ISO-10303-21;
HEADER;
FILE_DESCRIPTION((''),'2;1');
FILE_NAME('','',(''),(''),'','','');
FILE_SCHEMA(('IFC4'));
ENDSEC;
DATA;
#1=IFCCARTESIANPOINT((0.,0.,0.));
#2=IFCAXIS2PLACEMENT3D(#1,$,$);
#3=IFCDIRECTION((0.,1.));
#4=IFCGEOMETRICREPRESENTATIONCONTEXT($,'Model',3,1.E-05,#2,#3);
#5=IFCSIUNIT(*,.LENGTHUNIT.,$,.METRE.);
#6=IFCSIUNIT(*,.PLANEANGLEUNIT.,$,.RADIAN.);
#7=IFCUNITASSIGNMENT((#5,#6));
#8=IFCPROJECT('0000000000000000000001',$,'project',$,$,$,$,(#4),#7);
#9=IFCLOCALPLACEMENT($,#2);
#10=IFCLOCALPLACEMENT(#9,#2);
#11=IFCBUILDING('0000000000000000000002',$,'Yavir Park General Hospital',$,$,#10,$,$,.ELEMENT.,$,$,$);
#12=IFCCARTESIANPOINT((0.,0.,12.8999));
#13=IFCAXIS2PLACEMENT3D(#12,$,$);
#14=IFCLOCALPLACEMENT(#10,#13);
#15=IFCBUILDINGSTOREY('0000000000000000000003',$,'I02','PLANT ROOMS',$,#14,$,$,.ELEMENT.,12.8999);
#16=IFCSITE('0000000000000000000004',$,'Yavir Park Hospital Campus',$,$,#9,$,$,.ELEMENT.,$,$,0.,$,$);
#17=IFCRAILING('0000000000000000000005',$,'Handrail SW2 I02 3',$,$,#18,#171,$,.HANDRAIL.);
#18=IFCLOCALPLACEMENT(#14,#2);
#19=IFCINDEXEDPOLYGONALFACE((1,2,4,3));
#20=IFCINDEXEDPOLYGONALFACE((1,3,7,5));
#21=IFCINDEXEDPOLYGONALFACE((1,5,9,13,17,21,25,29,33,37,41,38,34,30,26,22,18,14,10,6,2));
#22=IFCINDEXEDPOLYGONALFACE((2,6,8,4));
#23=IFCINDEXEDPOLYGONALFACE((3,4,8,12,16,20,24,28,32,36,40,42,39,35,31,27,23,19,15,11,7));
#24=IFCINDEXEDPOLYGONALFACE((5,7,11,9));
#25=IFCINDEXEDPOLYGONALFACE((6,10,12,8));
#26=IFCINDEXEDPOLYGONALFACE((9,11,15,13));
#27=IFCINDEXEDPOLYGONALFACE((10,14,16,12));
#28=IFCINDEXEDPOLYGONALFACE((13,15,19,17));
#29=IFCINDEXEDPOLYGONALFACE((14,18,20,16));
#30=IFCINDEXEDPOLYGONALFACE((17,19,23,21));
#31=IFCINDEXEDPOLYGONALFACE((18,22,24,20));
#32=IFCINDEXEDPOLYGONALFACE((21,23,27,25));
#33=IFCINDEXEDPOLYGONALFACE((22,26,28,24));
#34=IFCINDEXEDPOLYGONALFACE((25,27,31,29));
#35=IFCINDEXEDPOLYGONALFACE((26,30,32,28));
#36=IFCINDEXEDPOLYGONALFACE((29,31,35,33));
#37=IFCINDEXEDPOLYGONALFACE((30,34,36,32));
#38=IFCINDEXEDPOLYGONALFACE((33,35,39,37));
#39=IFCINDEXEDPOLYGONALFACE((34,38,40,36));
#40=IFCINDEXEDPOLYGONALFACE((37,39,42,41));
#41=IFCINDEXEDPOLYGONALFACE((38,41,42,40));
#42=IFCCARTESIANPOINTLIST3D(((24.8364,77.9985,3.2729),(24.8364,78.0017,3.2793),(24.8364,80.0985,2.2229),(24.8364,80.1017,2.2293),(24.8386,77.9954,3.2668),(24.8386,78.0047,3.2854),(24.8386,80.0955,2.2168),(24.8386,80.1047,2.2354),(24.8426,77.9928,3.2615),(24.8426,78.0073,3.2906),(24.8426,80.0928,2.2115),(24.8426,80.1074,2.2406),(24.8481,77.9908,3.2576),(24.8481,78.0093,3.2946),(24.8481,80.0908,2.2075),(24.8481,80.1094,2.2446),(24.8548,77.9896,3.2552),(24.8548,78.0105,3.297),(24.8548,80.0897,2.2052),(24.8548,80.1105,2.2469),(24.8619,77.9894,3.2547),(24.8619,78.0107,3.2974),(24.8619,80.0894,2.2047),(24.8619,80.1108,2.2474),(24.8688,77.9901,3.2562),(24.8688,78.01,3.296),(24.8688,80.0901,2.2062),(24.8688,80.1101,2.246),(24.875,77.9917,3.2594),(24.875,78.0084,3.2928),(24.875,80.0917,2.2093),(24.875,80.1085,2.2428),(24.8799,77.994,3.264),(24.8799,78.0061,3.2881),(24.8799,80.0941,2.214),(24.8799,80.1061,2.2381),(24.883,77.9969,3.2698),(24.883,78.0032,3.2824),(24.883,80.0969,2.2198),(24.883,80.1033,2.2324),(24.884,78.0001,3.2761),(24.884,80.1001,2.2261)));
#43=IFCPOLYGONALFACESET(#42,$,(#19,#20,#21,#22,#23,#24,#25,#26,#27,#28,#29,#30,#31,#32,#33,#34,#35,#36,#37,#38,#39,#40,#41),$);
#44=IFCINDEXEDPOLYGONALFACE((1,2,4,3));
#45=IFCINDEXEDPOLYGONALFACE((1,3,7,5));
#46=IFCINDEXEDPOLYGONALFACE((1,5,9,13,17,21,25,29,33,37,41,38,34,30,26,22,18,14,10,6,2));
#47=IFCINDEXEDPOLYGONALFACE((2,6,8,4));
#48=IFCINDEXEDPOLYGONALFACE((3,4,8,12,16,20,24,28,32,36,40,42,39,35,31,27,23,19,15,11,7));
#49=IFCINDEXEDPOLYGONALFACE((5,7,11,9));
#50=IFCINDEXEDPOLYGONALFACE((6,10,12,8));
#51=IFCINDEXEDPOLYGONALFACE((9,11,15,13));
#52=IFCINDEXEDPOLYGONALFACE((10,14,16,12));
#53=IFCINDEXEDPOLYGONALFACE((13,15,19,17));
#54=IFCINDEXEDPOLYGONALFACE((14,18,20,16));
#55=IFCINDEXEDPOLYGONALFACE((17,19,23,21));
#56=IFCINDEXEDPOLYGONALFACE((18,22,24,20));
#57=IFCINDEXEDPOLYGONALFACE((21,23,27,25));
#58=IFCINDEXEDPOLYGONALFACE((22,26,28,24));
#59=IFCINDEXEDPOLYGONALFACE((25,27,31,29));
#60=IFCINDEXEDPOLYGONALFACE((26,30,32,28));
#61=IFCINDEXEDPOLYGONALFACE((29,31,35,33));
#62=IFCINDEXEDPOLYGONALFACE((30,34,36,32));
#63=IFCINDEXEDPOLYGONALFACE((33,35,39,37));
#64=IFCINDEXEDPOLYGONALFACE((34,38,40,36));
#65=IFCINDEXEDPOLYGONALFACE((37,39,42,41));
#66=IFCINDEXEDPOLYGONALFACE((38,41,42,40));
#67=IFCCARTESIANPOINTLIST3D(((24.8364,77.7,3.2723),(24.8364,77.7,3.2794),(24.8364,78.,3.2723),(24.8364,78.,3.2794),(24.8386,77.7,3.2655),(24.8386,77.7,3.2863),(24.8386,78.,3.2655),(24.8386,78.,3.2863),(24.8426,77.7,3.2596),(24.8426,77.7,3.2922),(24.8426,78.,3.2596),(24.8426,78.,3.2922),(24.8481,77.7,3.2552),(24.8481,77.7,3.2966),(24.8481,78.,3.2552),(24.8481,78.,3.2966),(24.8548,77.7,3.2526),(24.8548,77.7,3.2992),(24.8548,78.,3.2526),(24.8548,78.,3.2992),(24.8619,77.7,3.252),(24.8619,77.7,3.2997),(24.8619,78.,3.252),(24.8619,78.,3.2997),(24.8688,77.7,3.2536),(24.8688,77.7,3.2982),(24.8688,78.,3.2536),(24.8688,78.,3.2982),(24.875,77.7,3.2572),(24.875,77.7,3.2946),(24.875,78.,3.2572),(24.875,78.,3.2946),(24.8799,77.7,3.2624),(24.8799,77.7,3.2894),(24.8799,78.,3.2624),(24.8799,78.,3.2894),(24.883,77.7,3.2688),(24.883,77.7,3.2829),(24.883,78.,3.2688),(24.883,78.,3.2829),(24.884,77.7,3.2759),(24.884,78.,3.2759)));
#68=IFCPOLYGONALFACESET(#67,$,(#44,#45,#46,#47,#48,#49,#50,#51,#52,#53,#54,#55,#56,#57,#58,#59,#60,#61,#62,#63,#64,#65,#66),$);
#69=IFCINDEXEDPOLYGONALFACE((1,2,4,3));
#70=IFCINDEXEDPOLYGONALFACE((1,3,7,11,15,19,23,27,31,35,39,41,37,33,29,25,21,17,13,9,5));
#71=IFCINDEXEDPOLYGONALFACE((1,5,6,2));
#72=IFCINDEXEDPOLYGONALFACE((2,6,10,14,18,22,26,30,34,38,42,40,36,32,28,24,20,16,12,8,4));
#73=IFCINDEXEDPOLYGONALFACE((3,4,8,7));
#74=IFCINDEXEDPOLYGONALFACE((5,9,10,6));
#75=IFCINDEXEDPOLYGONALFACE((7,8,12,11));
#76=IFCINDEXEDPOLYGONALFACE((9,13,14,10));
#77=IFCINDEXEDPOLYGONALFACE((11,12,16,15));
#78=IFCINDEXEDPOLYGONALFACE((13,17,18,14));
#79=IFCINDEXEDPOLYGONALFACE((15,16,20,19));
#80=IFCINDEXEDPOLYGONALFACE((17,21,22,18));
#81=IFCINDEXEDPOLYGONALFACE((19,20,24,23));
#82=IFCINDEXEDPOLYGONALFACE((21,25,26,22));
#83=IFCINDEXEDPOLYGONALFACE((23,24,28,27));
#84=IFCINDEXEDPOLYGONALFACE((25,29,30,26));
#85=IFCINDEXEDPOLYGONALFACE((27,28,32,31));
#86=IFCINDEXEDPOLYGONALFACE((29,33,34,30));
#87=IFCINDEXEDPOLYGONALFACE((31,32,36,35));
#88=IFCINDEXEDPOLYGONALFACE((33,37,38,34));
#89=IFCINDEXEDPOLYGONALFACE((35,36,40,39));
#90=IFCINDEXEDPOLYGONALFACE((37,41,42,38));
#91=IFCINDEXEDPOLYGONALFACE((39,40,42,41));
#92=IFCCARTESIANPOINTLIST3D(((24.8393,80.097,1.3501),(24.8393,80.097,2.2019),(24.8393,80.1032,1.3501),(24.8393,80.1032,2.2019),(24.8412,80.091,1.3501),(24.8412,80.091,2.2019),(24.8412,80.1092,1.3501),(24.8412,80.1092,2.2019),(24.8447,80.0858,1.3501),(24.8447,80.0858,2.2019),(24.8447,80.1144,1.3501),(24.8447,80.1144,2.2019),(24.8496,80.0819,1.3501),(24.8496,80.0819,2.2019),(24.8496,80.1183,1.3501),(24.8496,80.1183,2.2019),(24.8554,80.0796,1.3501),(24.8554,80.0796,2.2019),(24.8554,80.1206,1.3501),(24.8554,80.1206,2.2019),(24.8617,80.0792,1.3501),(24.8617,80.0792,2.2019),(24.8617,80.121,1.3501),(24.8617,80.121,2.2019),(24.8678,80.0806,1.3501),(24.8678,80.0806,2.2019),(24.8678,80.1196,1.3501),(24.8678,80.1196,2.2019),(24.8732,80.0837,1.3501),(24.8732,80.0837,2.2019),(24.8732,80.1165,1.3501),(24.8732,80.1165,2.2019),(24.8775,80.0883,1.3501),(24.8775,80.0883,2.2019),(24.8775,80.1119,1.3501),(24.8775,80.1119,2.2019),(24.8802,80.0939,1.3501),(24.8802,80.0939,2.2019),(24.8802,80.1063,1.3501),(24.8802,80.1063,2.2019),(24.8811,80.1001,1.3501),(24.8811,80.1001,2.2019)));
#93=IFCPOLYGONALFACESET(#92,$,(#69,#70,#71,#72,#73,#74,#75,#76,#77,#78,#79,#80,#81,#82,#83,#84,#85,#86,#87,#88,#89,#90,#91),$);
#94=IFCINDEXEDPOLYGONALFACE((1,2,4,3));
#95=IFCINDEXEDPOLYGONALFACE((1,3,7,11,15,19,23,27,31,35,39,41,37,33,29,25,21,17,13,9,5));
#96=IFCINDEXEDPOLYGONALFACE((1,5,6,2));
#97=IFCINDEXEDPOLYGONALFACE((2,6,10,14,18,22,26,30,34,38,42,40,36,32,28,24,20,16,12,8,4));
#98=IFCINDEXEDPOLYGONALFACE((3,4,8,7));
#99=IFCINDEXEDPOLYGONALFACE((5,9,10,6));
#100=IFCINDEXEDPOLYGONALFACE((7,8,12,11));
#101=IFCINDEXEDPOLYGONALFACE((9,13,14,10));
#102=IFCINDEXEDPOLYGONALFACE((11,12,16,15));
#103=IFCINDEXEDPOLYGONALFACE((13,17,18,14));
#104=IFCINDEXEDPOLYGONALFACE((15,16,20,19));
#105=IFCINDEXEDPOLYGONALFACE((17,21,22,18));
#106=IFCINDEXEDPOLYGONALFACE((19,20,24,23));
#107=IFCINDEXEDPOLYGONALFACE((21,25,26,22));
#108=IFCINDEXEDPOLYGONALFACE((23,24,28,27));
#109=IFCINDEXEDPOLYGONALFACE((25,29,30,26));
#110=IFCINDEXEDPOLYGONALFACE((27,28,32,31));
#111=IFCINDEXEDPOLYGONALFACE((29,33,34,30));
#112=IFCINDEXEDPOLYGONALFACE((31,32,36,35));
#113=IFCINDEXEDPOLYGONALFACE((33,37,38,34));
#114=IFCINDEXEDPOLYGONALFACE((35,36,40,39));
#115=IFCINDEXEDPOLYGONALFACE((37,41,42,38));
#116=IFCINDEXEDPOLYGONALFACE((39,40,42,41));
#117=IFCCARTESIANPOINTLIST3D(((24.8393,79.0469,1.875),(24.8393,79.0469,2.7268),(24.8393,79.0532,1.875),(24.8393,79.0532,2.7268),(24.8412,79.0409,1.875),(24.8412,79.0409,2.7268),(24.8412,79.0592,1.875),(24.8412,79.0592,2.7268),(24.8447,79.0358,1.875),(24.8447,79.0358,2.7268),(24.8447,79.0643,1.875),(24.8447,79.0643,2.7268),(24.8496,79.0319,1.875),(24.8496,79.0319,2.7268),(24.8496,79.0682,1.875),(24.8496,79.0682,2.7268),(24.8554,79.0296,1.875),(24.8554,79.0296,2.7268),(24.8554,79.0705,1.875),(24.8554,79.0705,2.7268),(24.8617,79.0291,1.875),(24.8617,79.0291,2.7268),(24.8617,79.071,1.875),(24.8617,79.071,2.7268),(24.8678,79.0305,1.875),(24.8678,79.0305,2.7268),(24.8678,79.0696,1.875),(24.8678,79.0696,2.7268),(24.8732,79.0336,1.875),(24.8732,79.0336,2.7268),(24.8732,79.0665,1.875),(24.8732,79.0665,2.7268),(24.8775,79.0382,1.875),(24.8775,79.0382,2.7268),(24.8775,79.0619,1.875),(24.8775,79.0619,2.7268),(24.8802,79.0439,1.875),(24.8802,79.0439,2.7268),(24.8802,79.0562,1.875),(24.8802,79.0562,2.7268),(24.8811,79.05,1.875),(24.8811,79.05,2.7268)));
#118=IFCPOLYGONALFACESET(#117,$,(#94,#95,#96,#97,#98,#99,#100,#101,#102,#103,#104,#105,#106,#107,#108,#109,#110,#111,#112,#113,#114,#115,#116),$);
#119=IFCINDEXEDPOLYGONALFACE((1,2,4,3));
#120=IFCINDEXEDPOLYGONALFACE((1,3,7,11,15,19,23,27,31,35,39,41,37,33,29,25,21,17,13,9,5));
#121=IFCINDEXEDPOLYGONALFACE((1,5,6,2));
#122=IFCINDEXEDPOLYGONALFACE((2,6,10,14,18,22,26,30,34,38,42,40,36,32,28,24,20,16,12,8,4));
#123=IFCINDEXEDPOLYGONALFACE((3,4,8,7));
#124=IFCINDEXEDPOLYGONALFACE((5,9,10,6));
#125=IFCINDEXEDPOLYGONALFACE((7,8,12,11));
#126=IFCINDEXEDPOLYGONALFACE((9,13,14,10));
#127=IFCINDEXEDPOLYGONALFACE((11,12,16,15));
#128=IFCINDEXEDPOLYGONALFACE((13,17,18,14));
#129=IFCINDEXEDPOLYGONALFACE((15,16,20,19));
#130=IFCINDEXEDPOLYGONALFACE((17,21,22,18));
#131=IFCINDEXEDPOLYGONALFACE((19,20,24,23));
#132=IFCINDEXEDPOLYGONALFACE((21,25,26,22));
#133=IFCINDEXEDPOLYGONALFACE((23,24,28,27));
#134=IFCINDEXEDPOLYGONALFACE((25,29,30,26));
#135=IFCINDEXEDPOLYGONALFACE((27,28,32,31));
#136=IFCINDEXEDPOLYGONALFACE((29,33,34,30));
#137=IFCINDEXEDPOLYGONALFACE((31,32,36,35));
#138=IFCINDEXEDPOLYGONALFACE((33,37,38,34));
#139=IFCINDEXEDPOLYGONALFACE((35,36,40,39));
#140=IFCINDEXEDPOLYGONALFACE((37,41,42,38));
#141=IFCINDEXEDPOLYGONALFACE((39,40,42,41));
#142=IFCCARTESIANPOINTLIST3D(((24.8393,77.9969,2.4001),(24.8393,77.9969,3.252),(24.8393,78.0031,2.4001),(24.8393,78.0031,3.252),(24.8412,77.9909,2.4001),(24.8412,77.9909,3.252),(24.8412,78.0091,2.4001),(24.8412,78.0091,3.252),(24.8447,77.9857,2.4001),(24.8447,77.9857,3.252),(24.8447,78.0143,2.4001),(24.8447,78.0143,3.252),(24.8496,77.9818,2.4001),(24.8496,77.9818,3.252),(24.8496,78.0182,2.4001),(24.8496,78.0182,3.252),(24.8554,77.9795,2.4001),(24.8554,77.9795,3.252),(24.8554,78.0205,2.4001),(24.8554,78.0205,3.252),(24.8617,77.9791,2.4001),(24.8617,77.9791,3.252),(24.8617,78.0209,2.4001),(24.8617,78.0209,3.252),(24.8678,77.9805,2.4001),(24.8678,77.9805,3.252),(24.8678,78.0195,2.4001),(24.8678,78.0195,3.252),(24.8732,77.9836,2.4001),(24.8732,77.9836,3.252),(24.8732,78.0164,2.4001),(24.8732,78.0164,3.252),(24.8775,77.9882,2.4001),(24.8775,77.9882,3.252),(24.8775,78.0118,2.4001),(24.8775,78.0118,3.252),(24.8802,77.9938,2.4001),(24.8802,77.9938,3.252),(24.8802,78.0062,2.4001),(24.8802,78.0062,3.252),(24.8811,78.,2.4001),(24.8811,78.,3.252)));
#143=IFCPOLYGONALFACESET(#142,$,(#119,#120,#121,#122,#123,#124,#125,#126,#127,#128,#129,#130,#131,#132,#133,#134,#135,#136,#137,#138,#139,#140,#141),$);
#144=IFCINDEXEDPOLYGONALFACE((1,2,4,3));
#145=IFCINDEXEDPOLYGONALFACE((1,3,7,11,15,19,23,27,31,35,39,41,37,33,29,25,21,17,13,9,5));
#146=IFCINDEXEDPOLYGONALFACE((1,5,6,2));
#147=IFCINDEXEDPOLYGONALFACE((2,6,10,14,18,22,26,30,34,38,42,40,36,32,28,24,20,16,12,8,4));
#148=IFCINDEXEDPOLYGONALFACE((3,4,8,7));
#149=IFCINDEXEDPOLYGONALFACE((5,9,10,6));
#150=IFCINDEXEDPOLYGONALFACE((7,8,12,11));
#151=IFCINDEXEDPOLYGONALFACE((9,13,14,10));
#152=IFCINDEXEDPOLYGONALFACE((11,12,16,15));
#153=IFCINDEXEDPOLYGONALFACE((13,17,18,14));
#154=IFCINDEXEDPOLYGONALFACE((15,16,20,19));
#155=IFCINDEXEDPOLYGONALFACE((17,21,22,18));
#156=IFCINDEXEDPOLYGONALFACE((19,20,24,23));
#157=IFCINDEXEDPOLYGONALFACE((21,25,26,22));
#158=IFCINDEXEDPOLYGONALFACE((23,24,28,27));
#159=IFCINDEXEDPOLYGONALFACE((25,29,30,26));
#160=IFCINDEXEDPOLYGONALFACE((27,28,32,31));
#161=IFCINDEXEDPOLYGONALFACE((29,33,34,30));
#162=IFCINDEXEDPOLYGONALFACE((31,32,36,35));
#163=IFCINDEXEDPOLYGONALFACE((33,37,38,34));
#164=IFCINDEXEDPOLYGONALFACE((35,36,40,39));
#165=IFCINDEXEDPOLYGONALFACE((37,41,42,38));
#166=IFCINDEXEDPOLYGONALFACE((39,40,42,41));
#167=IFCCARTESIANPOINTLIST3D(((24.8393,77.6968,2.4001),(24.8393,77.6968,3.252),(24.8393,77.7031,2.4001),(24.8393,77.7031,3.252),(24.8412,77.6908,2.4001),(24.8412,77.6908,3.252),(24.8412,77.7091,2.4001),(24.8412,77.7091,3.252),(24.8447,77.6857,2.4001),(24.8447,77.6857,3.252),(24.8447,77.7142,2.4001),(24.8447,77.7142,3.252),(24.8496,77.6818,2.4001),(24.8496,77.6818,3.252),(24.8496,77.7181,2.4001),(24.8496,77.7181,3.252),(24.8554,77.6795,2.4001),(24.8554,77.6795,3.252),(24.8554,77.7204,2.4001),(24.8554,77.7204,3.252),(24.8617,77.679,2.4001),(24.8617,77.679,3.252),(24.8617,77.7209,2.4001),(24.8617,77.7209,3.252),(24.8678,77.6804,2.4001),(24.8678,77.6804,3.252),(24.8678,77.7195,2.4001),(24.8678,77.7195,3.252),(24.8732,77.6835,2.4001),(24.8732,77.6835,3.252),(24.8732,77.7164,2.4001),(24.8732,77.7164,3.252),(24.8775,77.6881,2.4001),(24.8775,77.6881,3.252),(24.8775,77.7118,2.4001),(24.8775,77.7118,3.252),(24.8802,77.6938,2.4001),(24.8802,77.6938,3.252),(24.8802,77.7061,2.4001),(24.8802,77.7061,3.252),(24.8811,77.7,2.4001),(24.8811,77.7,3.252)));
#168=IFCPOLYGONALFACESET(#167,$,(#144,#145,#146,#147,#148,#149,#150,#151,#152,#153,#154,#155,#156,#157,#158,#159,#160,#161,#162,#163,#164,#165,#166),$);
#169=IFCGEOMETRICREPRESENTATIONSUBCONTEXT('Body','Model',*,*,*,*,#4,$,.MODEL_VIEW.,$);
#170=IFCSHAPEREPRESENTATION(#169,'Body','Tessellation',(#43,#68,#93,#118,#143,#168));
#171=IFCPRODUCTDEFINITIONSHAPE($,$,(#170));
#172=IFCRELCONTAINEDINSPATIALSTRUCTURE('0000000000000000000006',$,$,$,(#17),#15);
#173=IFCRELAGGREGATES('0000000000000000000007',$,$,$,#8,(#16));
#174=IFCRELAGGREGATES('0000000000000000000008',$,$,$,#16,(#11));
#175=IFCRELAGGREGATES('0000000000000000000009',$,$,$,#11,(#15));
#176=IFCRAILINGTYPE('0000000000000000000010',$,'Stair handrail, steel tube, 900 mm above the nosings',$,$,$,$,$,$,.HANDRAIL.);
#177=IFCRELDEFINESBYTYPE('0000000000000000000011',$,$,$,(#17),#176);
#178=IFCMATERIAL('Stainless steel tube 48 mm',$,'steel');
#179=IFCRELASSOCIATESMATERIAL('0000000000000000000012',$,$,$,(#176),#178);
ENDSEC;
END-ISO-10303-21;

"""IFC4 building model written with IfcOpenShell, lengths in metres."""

from ifc_helpers import new_model, si_unit, direction, frame, origin, origin_2d, place, context, subcontext, project, spatial, circle, extrude, material, type_object, element, save


model = new_model("IFC4")

# Units and contexts
model_context = context("Model", 3, precision=1e-05, world=origin(), true_north=direction((0.0, 1.0)))
body_context = subcontext(model_context, "Body", "Model", "MODEL_VIEW")
ifc_project = project(units=[si_unit("LENGTHUNIT", "METRE"), si_unit("PLANEANGLEUNIT", "RADIAN")], contexts=[model_context])

# Site, building, storey
site_placement = place(None, origin())
site = spatial("IfcSite", under=ifc_project, at=site_placement, Name="Yavir Park Hospital Campus", CompositionType="ELEMENT", RefElevation=0.0)
building_placement = place(site_placement, origin())
building = spatial("IfcBuilding", under=site, at=building_placement, Name="Yavir Park General Hospital", CompositionType="ELEMENT")
storey_placement = place(building_placement, frame((0.0, 0.0, 12.8999)))
storey = spatial("IfcBuildingStorey", under=building, at=storey_placement, Name="I02", Description="PLANT ROOMS", CompositionType="ELEMENT", Elevation=12.8999)

# Railing
ifc_material_1 = material(Name="Stainless steel tube 48 mm", Category="steel")
railing_type_1 = type_object("IfcRailingType", Name="Stair handrail, steel tube, 900 mm above the nosings", PredefinedType="HANDRAIL", material=ifc_material_1)
for number, where, name in (
    (1, (24.8601, 80.1001, 1.3501), "Handrail SW2 I02 3"),
):
    element("IfcRailing", number, at=place(storey_placement, frame(where)), inside=storey, type_object=railing_type_1, Name=name, PredefinedType="HANDRAIL", context=body_context, shape_type="SweptSolid", body=[
        extrude(circle(Radius=0.0239, at=origin_2d()), frame((0.0, 0.0, 0.876), z_axis=(0.0, -0.894427, 0.447214), x_axis=(1.0, 0.0, 0.0)), (0.0, 0.0, 1.0), 2.3479),
        extrude(circle(Radius=0.0239, at=origin_2d()), frame((0.0, -2.1001, 1.9258), z_axis=(0.0, -1.0, 0.0), x_axis=(1.0, 0.0, 0.0)), (0.0, 0.0, 1.0), 0.3),
        extrude(circle(Radius=0.021, at=origin_2d()), origin(), (0.0, 0.0, 1.0), 0.8518),
        extrude(circle(Radius=0.021, at=origin_2d()), frame((0.0, -1.05, 0.5249)), (0.0, 0.0, 1.0), 0.8518),
        extrude(circle(Radius=0.021, at=origin_2d()), frame((0.0, -2.1001, 1.05)), (0.0, 0.0, 1.0), 0.8518),
        extrude(circle(Radius=0.021, at=origin_2d()), frame((0.0, -2.4001, 1.05)), (0.0, 0.0, 1.0), 0.8518),
    ])

save(model, "model.ifc")
